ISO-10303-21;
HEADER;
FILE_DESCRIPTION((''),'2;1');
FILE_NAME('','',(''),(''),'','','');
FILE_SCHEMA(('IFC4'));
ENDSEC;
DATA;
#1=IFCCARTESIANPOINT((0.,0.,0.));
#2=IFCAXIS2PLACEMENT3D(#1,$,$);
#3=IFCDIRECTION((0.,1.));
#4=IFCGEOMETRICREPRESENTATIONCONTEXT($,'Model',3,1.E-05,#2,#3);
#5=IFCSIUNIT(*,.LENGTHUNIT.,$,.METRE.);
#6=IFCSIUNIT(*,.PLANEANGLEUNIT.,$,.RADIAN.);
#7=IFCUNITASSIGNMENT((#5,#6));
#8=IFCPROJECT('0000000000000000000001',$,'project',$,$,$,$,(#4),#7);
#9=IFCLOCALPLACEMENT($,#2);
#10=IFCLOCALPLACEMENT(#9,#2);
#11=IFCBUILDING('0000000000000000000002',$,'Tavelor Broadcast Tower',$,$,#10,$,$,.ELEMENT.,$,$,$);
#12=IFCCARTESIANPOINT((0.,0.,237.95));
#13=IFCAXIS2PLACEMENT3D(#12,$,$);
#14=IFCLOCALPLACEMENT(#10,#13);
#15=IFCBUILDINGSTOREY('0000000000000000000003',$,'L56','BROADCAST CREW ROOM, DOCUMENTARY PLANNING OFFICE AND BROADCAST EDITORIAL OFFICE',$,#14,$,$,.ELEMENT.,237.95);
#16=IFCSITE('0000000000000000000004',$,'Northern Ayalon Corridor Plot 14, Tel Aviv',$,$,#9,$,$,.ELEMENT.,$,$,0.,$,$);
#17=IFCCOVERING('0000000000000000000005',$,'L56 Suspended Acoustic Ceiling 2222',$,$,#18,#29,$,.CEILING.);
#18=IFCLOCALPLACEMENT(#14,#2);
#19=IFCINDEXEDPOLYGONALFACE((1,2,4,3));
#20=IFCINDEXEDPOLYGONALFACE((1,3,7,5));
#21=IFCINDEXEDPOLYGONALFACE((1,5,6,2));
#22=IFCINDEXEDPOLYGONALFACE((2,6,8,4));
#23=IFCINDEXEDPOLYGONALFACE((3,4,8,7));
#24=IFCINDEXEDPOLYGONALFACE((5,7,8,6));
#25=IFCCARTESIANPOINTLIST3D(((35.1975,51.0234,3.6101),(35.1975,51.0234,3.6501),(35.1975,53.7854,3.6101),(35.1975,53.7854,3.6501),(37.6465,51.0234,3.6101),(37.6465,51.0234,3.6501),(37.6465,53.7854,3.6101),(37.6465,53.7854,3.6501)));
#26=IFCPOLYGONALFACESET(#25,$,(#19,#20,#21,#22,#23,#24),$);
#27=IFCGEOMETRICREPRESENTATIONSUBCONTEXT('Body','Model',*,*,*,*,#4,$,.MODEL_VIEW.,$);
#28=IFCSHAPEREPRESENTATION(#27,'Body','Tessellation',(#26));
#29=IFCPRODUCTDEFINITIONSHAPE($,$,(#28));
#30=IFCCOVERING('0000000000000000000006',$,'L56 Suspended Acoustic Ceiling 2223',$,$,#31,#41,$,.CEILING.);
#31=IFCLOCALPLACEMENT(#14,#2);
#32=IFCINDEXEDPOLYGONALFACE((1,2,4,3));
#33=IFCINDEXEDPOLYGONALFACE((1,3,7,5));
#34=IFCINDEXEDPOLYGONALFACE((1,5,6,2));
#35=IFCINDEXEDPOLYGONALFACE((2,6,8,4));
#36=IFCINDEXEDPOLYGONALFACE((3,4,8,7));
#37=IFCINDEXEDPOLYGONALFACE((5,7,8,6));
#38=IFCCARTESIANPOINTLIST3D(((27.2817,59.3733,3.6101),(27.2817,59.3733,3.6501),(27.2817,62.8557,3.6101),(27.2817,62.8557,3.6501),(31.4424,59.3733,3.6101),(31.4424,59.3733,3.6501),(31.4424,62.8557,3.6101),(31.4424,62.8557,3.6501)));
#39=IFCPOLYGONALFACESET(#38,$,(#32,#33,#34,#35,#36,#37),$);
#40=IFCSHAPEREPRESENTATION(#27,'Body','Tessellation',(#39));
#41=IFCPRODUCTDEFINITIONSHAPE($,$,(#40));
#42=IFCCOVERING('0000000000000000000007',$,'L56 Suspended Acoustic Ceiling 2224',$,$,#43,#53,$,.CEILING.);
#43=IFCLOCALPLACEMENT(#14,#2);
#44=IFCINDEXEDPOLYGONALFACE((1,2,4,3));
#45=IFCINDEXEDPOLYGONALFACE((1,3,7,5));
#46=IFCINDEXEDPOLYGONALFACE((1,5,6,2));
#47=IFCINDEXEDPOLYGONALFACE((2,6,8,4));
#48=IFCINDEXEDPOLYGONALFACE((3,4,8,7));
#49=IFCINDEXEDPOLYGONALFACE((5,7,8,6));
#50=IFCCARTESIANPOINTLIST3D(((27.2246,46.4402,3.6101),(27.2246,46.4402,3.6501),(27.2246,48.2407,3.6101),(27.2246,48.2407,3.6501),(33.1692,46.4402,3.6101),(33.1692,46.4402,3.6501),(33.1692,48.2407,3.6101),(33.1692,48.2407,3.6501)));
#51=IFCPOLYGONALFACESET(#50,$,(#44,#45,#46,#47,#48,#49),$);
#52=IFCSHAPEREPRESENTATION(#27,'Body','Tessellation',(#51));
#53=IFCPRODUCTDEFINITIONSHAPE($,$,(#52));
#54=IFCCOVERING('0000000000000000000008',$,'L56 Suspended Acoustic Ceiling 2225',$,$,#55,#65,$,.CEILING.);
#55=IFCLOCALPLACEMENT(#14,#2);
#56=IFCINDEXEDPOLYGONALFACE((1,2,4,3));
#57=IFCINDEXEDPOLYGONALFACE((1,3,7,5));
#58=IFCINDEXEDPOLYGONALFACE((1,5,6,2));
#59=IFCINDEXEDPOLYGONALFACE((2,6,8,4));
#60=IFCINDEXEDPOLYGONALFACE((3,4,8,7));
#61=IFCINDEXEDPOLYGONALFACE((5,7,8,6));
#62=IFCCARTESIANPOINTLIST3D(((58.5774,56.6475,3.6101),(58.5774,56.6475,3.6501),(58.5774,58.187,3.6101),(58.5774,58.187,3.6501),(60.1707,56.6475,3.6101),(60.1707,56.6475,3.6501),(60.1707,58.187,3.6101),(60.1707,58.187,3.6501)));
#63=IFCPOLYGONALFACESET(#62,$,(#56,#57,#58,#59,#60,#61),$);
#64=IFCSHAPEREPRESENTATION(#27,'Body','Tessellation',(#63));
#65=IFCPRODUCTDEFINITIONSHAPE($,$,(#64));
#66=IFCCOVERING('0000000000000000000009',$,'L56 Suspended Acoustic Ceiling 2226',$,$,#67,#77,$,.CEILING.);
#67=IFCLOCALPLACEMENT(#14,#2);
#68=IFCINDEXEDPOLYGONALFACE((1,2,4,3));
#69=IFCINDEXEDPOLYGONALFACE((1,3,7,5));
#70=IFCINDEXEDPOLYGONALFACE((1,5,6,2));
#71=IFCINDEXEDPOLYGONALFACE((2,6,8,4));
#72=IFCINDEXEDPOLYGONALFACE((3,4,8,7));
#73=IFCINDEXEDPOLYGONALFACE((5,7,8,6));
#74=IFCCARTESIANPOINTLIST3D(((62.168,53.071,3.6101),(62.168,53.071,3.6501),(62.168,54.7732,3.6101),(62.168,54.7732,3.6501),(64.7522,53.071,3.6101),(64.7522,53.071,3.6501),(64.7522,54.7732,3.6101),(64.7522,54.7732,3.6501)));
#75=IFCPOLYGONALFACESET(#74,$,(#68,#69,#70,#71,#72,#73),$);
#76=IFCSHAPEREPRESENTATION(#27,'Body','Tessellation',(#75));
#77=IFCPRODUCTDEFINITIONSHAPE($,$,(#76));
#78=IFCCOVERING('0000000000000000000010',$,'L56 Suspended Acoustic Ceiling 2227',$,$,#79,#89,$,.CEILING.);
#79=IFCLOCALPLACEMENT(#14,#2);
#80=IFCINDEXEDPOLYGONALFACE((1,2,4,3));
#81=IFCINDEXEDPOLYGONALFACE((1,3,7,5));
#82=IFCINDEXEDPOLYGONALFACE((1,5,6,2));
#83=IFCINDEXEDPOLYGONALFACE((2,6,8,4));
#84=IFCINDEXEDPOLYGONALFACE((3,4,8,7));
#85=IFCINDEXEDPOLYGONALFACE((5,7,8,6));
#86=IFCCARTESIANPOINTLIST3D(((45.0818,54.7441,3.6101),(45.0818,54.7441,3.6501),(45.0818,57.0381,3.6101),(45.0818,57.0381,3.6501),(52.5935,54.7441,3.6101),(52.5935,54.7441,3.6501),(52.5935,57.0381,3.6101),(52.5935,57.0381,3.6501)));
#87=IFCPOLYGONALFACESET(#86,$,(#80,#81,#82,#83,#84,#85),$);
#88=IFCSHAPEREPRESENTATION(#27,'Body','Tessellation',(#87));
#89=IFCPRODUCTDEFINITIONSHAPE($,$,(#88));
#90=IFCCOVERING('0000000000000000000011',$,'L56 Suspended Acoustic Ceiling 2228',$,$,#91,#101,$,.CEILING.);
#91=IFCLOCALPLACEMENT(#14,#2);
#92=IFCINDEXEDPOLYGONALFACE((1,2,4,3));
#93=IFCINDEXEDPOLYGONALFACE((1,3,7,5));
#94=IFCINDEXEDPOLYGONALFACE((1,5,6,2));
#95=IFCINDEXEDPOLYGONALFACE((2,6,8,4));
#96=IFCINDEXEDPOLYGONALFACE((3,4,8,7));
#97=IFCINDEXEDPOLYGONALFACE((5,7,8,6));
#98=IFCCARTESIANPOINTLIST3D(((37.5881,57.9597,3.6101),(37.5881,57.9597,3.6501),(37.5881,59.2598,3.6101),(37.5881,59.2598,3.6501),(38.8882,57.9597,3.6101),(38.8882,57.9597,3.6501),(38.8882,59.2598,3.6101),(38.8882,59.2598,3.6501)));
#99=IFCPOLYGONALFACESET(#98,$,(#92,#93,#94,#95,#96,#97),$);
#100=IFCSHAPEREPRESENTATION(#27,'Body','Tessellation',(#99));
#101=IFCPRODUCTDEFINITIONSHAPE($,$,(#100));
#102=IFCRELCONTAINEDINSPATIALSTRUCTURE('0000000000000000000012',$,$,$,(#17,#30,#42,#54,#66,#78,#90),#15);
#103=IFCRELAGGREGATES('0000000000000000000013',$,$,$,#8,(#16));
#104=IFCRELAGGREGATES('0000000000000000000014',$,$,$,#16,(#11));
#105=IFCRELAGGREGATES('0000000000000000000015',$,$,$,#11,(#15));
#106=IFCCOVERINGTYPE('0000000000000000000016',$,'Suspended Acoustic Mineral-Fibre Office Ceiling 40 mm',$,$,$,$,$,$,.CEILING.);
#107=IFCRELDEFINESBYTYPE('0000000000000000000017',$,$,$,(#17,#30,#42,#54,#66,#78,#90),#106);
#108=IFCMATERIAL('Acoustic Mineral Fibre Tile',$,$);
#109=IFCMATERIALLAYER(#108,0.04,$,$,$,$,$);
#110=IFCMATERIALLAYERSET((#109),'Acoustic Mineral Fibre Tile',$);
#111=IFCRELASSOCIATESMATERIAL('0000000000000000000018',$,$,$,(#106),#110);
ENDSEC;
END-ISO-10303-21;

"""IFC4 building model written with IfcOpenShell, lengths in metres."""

from ifc_helpers import new_model, si_unit, direction, frame, origin, place, context, subcontext, project, spatial, polyline, outline, extrude, material, layer, layer_set, type_object, element, save


model = new_model("IFC4")

# Units and contexts
model_context = context("Model", 3, precision=1e-05, world=origin(), true_north=direction((0.0, 1.0)))
body_context = subcontext(model_context, "Body", "Model", "MODEL_VIEW")
ifc_project = project(units=[si_unit("LENGTHUNIT", "METRE"), si_unit("PLANEANGLEUNIT", "RADIAN")], contexts=[model_context])

# Site, building, storey
site_placement = place(None, origin())
site = spatial("IfcSite", under=ifc_project, at=site_placement, Name="Northern Ayalon Corridor Plot 14, Tel Aviv", CompositionType="ELEMENT", RefElevation=0.0)
building_placement = place(site_placement, origin())
building = spatial("IfcBuilding", under=site, at=building_placement, Name="Tavelor Broadcast Tower", CompositionType="ELEMENT")
storey_placement = place(building_placement, frame((0.0, 0.0, 237.95)))
storey = spatial("IfcBuildingStorey", under=building, at=storey_placement, Name="L56", Description="BROADCAST CREW ROOM, DOCUMENTARY PLANNING OFFICE AND BROADCAST EDITORIAL OFFICE", CompositionType="ELEMENT", Elevation=237.95)

# Coverings
ifc_material_1 = material(Name="Acoustic Mineral Fibre Tile")
ifc_layer_1 = layer(ifc_material_1, 0.04)
ifc_layer_set_1 = layer_set([ifc_layer_1], Name="Acoustic Mineral Fibre Tile")
covering_type_1 = type_object("IfcCoveringType", Name="Suspended Acoustic Mineral-Fibre Office Ceiling 40 mm", PredefinedType="CEILING", material=ifc_layer_set_1)
covering_1_placement = place(storey_placement, frame((0.0, 0.0, 3.6101)))
element("IfcCovering", 1, at=covering_1_placement, inside=storey, type_object=covering_type_1, Name="L56 Suspended Acoustic Ceiling 2222", PredefinedType="CEILING", context=body_context, shape_type="SweptSolid", body=[
    extrude(outline(polyline([(35.1975, 51.0234), (37.6465, 51.0234), (37.6465, 53.7854), (35.1975, 53.7854), (35.1975, 51.0234)])), origin(), (0.0, 0.0, 1.0), 0.04),
])
covering_2_placement = place(storey_placement, frame((0.0, 0.0, 3.6101)))
element("IfcCovering", 2, at=covering_2_placement, inside=storey, type_object=covering_type_1, Name="L56 Suspended Acoustic Ceiling 2223", PredefinedType="CEILING", context=body_context, shape_type="SweptSolid", body=[
    extrude(outline(polyline([(27.2817, 59.3733), (31.4424, 59.3733), (31.4424, 62.8557), (27.2817, 62.8557), (27.2817, 59.3733)])), origin(), (0.0, 0.0, 1.0), 0.04),
])
covering_3_placement = place(storey_placement, frame((0.0, 0.0, 3.6101)))
element("IfcCovering", 3, at=covering_3_placement, inside=storey, type_object=covering_type_1, Name="L56 Suspended Acoustic Ceiling 2224", PredefinedType="CEILING", context=body_context, shape_type="SweptSolid", body=[
    extrude(outline(polyline([(27.2246, 46.4402), (33.1692, 46.4402), (33.1692, 48.2407), (27.2246, 48.2407), (27.2246, 46.4402)])), origin(), (0.0, 0.0, 1.0), 0.04),
])
covering_4_placement = place(storey_placement, frame((0.0, 0.0, 3.6101)))
element("IfcCovering", 4, at=covering_4_placement, inside=storey, type_object=covering_type_1, Name="L56 Suspended Acoustic Ceiling 2225", PredefinedType="CEILING", context=body_context, shape_type="SweptSolid", body=[
    extrude(outline(polyline([(58.5774, 56.6475), (60.1707, 56.6475), (60.1707, 58.187), (58.5774, 58.187), (58.5774, 56.6475)])), origin(), (0.0, 0.0, 1.0), 0.04),
])
covering_5_placement = place(storey_placement, frame((0.0, 0.0, 3.6101)))
element("IfcCovering", 5, at=covering_5_placement, inside=storey, type_object=covering_type_1, Name="L56 Suspended Acoustic Ceiling 2226", PredefinedType="CEILING", context=body_context, shape_type="SweptSolid", body=[
    extrude(outline(polyline([(62.168, 53.071), (64.7522, 53.071), (64.7522, 54.7732), (62.168, 54.7732), (62.168, 53.071)])), origin(), (0.0, 0.0, 1.0), 0.04),
])
covering_6_placement = place(storey_placement, frame((0.0, 0.0, 3.6101)))
element("IfcCovering", 6, at=covering_6_placement, inside=storey, type_object=covering_type_1, Name="L56 Suspended Acoustic Ceiling 2227", PredefinedType="CEILING", context=body_context, shape_type="SweptSolid", body=[
    extrude(outline(polyline([(45.0818, 54.7441), (52.5935, 54.7441), (52.5935, 57.0381), (45.0818, 57.0381), (45.0818, 54.7441)])), origin(), (0.0, 0.0, 1.0), 0.04),
])
covering_7_placement = place(storey_placement, frame((0.0, 0.0, 3.6101)))
element("IfcCovering", 7, at=covering_7_placement, inside=storey, type_object=covering_type_1, Name="L56 Suspended Acoustic Ceiling 2228", PredefinedType="CEILING", context=body_context, shape_type="SweptSolid", body=[
    extrude(outline(polyline([(37.5881, 57.9597), (38.8882, 57.9597), (38.8882, 59.2598), (37.5881, 59.2598), (37.5881, 57.9597)])), origin(), (0.0, 0.0, 1.0), 0.04),
])

save(model, "model.ifc")
